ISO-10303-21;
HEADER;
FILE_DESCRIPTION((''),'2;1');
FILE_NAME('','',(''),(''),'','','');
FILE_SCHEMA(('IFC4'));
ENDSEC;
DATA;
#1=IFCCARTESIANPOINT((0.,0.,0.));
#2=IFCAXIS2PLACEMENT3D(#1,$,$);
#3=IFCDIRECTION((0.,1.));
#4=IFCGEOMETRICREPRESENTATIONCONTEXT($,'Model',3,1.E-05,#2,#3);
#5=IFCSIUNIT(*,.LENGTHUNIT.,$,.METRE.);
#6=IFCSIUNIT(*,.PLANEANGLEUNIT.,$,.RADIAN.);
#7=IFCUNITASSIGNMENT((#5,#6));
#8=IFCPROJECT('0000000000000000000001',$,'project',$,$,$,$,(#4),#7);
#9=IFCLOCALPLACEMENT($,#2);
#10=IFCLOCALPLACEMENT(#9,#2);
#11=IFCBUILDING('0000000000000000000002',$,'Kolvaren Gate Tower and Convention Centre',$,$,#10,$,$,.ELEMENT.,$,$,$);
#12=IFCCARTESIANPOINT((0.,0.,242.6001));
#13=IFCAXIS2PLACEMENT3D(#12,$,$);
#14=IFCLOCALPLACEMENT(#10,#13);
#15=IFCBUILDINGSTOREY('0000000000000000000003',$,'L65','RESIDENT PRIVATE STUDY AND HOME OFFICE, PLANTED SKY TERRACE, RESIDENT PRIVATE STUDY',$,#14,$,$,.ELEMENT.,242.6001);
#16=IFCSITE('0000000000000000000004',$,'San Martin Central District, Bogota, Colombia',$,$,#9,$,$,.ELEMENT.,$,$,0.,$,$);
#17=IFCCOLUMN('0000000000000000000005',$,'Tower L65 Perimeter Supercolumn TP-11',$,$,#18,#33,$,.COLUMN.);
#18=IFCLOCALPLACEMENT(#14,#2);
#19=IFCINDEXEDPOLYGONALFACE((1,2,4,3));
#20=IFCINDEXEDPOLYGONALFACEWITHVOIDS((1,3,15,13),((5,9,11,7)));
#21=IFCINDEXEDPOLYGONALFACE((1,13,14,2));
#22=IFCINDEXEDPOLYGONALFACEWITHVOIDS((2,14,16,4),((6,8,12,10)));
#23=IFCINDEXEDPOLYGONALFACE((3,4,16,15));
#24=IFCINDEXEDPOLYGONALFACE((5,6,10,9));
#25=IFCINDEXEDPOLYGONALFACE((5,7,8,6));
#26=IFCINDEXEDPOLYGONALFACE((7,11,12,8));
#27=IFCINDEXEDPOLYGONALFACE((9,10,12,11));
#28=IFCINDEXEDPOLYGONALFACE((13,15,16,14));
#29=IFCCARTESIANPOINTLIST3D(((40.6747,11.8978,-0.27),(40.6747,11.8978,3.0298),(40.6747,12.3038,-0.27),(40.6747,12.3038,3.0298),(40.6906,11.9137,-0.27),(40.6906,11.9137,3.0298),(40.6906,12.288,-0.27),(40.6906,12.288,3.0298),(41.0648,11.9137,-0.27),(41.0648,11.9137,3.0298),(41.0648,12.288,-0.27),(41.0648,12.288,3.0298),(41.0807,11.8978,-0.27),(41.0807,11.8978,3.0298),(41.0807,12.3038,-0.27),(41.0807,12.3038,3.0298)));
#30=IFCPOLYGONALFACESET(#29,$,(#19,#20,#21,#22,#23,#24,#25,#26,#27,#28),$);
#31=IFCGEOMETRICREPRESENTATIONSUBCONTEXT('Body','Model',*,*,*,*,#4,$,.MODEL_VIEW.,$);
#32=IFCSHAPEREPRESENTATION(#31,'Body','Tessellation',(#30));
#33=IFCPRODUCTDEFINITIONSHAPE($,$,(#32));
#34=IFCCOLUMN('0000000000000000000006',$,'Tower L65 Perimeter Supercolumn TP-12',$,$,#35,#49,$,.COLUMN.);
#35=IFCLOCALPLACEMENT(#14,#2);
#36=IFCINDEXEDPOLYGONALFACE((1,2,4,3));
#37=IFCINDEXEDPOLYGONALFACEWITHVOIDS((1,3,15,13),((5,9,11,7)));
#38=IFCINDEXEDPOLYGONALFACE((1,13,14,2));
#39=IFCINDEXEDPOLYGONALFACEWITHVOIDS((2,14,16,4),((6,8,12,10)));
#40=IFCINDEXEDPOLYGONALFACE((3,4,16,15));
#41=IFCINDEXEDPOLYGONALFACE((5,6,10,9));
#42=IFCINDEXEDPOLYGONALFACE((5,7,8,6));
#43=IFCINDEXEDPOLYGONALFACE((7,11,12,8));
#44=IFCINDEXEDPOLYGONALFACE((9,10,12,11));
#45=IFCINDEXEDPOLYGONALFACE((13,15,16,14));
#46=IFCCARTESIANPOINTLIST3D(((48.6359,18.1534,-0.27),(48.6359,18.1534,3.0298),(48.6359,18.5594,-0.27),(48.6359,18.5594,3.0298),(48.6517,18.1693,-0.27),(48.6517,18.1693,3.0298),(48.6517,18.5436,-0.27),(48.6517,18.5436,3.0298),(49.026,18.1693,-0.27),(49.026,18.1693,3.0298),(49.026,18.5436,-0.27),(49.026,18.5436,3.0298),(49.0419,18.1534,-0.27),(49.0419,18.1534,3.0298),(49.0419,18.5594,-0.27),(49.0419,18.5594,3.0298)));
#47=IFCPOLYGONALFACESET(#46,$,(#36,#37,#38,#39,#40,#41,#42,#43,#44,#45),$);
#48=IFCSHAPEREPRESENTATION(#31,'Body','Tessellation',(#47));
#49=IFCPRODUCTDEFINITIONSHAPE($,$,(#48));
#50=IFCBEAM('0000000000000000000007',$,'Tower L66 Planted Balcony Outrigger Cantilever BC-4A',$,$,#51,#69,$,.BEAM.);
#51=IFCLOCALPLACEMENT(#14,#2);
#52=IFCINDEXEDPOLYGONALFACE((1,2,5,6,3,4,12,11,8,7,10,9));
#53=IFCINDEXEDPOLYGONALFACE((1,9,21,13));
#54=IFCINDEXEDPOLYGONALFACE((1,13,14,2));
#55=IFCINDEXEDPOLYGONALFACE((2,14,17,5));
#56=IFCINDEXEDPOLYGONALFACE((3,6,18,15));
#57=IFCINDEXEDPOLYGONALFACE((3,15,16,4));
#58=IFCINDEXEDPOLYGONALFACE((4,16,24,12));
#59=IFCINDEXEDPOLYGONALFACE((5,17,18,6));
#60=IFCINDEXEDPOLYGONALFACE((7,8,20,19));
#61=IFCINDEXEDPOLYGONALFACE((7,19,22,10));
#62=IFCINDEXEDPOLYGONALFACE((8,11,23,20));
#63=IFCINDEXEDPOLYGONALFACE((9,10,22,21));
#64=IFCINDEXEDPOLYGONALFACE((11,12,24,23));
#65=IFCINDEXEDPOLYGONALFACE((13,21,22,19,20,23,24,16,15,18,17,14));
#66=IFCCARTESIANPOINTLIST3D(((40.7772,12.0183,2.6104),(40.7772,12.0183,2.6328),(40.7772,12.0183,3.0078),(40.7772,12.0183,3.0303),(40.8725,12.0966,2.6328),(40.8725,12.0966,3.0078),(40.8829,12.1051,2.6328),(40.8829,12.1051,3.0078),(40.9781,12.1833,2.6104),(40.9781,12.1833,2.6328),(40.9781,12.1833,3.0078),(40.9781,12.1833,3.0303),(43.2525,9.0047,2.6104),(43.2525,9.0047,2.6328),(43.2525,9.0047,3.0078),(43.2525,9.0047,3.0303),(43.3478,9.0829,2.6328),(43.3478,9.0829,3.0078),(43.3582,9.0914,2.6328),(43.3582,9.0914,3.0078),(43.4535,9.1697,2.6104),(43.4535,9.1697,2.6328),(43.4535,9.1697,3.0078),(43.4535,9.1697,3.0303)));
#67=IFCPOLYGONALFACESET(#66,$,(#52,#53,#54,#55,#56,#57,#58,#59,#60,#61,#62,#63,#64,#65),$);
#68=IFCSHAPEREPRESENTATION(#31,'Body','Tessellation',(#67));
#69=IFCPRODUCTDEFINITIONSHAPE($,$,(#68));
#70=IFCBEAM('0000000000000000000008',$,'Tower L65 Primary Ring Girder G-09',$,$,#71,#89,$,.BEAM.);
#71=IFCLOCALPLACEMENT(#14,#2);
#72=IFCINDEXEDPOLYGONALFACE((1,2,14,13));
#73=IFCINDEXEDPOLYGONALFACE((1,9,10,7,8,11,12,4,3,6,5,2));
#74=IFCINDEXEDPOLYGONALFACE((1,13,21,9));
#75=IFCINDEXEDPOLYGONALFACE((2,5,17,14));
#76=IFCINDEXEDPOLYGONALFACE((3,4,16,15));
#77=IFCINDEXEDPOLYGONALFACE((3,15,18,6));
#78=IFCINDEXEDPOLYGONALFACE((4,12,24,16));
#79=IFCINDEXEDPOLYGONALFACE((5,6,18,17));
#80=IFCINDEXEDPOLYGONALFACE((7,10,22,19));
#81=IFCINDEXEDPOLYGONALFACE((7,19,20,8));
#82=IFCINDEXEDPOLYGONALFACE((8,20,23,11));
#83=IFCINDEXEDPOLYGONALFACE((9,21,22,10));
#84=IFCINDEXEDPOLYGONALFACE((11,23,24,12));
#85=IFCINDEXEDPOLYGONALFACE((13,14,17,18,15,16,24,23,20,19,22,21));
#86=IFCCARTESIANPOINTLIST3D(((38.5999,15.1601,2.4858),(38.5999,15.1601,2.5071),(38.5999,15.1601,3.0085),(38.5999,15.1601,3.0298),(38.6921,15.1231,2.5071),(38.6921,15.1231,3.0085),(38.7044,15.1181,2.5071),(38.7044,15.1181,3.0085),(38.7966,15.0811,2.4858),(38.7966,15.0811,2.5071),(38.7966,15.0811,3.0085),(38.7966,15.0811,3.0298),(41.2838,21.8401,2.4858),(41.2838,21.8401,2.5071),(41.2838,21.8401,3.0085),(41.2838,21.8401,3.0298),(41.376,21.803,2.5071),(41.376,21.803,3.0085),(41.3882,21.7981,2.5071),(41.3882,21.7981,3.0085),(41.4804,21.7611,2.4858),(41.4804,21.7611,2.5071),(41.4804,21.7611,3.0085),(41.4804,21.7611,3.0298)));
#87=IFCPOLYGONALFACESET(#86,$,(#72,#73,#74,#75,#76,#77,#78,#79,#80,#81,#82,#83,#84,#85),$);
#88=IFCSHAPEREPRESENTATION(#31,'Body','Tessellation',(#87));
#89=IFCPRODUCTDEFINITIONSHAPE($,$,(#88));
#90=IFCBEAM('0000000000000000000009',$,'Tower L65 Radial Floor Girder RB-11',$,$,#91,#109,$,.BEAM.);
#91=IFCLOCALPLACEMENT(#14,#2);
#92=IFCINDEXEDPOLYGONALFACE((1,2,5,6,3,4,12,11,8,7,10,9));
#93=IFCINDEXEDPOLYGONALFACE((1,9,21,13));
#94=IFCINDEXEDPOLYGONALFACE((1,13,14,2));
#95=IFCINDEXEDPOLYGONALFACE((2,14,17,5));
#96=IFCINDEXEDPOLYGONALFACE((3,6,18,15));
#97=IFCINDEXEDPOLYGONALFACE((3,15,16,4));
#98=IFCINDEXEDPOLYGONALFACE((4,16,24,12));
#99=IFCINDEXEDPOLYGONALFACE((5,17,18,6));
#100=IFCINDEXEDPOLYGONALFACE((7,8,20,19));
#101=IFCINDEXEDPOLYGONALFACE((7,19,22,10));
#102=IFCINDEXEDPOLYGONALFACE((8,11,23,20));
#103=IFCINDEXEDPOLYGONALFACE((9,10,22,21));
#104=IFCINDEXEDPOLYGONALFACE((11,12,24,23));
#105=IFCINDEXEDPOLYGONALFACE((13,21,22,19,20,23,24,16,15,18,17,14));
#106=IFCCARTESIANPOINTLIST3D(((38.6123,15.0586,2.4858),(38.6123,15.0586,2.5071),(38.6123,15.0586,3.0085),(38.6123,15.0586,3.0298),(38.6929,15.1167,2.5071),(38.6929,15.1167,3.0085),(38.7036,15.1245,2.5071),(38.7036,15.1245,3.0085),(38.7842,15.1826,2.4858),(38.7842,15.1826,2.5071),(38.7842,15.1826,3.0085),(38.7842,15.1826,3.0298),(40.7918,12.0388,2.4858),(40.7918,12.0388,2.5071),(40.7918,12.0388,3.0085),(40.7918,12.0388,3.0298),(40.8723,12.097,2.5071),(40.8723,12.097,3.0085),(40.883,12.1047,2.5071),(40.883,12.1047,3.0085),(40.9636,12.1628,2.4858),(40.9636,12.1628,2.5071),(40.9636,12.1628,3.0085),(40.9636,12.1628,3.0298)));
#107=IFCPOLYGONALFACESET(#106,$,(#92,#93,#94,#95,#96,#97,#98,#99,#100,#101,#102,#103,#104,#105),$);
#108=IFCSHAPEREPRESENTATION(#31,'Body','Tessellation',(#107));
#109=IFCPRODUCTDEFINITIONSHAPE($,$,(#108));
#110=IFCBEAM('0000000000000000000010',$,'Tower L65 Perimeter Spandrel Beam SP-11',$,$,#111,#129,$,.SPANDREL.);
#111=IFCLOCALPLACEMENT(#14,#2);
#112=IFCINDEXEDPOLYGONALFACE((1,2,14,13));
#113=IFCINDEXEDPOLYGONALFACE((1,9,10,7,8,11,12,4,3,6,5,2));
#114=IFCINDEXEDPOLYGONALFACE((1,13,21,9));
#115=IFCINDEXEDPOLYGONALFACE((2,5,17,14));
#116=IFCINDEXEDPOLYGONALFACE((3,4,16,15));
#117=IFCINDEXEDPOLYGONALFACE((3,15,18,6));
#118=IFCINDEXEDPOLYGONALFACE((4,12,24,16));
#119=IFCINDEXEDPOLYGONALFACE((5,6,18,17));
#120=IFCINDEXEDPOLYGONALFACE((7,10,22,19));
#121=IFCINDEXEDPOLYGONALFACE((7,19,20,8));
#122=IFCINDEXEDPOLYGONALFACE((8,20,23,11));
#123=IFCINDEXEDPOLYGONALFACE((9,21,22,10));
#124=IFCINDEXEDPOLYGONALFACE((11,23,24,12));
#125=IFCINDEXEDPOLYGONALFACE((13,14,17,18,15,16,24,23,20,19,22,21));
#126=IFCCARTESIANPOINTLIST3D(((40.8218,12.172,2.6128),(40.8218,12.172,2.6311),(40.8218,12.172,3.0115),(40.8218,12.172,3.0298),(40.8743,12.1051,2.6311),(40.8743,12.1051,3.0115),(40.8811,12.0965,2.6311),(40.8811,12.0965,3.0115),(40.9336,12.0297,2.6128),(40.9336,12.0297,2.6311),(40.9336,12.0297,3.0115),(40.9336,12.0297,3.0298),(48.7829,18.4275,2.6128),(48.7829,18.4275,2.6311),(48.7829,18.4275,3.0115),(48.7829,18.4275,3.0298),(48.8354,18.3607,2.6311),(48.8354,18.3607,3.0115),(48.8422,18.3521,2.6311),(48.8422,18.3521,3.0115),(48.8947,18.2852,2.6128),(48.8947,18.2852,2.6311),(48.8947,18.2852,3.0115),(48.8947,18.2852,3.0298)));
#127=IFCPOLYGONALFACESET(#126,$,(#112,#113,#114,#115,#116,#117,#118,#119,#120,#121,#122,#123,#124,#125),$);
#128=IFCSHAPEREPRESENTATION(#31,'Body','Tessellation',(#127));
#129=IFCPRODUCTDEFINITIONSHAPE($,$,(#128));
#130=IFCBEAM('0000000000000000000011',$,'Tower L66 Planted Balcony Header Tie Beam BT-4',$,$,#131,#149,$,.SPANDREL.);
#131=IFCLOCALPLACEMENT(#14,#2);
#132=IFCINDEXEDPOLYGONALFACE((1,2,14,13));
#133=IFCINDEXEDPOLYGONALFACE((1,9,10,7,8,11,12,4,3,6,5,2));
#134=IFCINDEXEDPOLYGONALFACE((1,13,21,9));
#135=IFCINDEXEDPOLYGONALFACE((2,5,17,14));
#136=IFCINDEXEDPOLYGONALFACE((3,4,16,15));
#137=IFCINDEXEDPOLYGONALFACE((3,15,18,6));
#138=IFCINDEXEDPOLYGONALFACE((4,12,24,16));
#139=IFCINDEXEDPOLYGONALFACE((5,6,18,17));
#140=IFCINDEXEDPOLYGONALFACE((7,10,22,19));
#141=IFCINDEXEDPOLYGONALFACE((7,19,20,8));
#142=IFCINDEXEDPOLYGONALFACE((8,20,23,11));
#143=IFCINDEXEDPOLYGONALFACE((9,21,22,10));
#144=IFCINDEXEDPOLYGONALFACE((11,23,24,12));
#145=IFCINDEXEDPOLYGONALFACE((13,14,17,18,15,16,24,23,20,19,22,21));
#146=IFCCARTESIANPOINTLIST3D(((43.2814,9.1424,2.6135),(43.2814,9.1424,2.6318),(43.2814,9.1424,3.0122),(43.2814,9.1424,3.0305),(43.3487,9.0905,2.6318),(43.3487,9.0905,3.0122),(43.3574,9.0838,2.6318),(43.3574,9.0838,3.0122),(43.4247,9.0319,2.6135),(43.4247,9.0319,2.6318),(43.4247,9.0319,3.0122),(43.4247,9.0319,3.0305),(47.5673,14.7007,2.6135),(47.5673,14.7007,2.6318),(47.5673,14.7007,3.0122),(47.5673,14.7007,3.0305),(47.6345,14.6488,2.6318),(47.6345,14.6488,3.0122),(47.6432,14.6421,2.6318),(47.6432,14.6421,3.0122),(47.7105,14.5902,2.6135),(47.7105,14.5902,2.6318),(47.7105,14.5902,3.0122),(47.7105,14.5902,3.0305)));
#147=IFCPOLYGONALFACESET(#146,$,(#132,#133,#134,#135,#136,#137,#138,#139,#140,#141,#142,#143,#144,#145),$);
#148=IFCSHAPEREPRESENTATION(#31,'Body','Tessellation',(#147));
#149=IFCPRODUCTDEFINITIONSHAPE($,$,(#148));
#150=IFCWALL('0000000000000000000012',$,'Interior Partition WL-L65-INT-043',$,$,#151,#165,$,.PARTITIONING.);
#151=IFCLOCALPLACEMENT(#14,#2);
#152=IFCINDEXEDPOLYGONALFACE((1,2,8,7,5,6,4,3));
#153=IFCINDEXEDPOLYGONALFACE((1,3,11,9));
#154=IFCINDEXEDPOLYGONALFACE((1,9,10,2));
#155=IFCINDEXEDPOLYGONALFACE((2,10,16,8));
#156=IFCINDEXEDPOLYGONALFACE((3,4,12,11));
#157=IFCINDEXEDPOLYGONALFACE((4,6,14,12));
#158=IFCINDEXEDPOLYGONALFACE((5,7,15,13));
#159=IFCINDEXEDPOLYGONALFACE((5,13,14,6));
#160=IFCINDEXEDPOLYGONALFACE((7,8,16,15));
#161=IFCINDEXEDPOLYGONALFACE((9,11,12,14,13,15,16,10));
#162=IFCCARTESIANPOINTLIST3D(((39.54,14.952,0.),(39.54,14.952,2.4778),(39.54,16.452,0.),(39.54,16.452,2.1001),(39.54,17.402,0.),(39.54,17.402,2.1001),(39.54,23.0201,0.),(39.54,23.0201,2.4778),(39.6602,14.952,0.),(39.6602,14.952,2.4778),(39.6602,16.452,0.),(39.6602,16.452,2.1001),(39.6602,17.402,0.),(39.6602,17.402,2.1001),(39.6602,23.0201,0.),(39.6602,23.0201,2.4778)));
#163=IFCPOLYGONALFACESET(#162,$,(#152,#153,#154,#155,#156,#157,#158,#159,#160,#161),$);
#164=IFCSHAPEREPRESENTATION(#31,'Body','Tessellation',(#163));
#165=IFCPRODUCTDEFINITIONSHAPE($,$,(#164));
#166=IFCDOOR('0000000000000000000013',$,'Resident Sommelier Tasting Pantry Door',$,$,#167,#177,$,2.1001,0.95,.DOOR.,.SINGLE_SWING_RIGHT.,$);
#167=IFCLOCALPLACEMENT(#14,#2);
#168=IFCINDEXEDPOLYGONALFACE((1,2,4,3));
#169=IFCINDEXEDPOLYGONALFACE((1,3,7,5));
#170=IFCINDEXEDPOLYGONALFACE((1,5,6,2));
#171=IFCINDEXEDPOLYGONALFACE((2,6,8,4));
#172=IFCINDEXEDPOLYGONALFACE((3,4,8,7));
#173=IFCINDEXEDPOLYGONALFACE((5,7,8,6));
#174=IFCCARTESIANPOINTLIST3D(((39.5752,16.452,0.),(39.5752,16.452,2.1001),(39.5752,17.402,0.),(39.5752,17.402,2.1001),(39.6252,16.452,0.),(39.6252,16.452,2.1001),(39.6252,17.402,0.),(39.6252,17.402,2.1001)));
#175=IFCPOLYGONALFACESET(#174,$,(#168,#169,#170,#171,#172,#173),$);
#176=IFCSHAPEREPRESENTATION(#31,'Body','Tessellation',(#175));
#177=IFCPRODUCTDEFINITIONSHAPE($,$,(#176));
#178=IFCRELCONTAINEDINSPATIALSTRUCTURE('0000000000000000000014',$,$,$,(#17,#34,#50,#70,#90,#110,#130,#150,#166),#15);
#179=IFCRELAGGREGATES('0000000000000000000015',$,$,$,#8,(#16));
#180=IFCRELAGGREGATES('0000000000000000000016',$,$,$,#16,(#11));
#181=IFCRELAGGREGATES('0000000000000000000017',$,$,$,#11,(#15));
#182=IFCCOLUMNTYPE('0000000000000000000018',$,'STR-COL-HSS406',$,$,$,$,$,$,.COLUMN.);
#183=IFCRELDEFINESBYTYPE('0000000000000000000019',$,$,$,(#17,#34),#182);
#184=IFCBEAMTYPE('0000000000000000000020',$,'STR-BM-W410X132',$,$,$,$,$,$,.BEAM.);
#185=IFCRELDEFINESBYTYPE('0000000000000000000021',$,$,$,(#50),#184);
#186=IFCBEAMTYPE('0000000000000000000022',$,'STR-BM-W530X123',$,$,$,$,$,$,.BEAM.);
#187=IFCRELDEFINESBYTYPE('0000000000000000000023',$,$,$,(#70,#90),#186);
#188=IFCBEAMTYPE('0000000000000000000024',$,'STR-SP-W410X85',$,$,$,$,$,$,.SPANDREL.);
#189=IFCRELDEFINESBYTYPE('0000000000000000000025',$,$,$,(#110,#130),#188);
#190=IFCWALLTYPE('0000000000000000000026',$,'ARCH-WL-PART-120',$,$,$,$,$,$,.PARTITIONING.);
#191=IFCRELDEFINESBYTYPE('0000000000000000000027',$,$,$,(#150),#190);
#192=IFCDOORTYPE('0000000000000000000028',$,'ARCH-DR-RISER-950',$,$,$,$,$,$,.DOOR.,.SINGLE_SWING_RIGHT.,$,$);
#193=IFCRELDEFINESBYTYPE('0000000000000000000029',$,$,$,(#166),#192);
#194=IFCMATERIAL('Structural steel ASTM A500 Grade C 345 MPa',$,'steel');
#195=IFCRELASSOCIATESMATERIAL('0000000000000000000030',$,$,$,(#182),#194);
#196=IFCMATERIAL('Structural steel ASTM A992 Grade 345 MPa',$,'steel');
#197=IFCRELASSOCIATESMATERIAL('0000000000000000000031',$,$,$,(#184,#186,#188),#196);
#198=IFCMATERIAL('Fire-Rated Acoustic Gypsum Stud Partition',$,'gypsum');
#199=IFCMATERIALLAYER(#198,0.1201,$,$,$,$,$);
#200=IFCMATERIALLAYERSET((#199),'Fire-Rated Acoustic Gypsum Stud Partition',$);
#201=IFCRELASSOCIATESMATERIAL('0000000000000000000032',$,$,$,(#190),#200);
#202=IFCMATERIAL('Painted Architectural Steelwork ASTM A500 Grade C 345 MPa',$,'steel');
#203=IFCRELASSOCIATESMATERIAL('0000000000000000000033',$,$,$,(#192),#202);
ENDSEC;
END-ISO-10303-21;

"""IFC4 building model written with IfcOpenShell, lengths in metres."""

from ifc_helpers import new_model, si_unit, direction, frame, frame_2d, origin, origin_2d, place, context, subcontext, project, spatial, rectangle, hollow_rectangle, i_section, extrude, material, layer, layer_set, material_profile, profile_set, type_object, element, fill, save


model = new_model("IFC4")

# Units and contexts
model_context = context("Model", 3, precision=1e-05, world=origin(), true_north=direction((0.0, 1.0)))
body_context = subcontext(model_context, "Body", "Model", "MODEL_VIEW")
ifc_project = project(units=[si_unit("LENGTHUNIT", "METRE"), si_unit("PLANEANGLEUNIT", "RADIAN")], contexts=[model_context])

# Site, building, storey
site_placement = place(None, origin())
site = spatial("IfcSite", under=ifc_project, at=site_placement, Name="San Martin Central District, Bogota, Colombia", CompositionType="ELEMENT", RefElevation=0.0)
building_placement = place(site_placement, origin())
building = spatial("IfcBuilding", under=site, at=building_placement, Name="Kolvaren Gate Tower and Convention Centre", CompositionType="ELEMENT")
storey_placement = place(building_placement, frame((0.0, 0.0, 242.6001)))
storey = spatial("IfcBuildingStorey", under=building, at=storey_placement, Name="L65", Description="RESIDENT PRIVATE STUDY AND HOME OFFICE, PLANTED SKY TERRACE, RESIDENT PRIVATE STUDY", CompositionType="ELEMENT", Elevation=242.6001)

# Columns
ifc_material_1 = material(Name="Structural steel ASTM A500 Grade C 345 MPa", Category="steel")
ifc_material_profile_1 = material_profile(ifc_material_1, hollow_rectangle(XDim=0.406, YDim=0.406, WallThickness=0.0159, at=origin_2d()), Name="HSS406X406X15.9")
ifc_profile_set_1 = profile_set([ifc_material_profile_1], Name="Structural steel ASTM A500 Grade C 345 MPa")
column_type = type_object("IfcColumnType", Name="STR-COL-HSS406", PredefinedType="COLUMN", material=ifc_profile_set_1)
for number, where, z_axis, x_axis, name in (
    (1, (40.8777, 12.1008, -0.27), (0.0, 0.0, 1.0), (1.0, 0.0, 0.0), "Tower L65 Perimeter Supercolumn TP-11"),
    (2, (48.8389, 18.3564, -0.27), (0.0, 0.0, 1.0), (1.0, 0.0, 0.0), "Tower L65 Perimeter Supercolumn TP-12"),
):
    element("IfcColumn", number, at=place(storey_placement, frame(where, z_axis=z_axis, x_axis=x_axis)), inside=storey, type_object=column_type, Name=name, PredefinedType="COLUMN", context=body_context, shape_type="SweptSolid", body=[
        extrude(hollow_rectangle(XDim=0.406, YDim=0.406, WallThickness=0.0159, at=origin_2d()), origin(), (0.0, 0.0, 1.0), 3.2998),
    ])

# Beams
ifc_material_2 = material(Name="Structural steel ASTM A992 Grade 345 MPa", Category="steel")
ifc_material_profile_2 = material_profile(ifc_material_2, i_section(OverallWidth=0.26, OverallDepth=0.4199, WebThickness=0.0134, FlangeThickness=0.0225, at=origin_2d()), Name="W410X132")
ifc_profile_set_2 = profile_set([ifc_material_profile_2], Name="Structural steel ASTM A992 Grade 345 MPa")
beam_type_1 = type_object("IfcBeamType", Name="STR-BM-W410X132", PredefinedType="BEAM", material=ifc_profile_set_2)
beam_1_placement = place(storey_placement, frame((40.8777, 12.1008, 2.8203), z_axis=(0.634713, -0.772748, 0.0), x_axis=(0.772748, 0.634713, 0.0)))
element("IfcBeam", 3, at=beam_1_placement, inside=storey, type_object=beam_type_1, Name="Tower L66 Planted Balcony Outrigger Cantilever BC-4A", PredefinedType="BEAM", context=body_context, shape_type="SweptSolid", body=[
    extrude(i_section(OverallWidth=0.26, OverallDepth=0.4199, WebThickness=0.0134, FlangeThickness=0.0225, at=origin_2d()), origin(), (0.0, 0.0, 1.0), 3.8999),
])
ifc_material_profile_3 = material_profile(ifc_material_2, i_section(OverallWidth=0.2119, OverallDepth=0.5439, WebThickness=0.0132, FlangeThickness=0.0212, at=origin_2d()), Name="W530X123")
ifc_profile_set_3 = profile_set([ifc_material_profile_3], Name="Structural steel ASTM A992 Grade 345 MPa")
beam_type_2 = type_object("IfcBeamType", Name="STR-BM-W530X123", PredefinedType="BEAM", material=ifc_profile_set_3)
beam_2_placement = place(storey_placement, frame((38.6982, 15.1206, 2.7578), z_axis=(0.372811, 0.927907, 0.0), x_axis=(-0.927907, 0.372811, 0.0)))
element("IfcBeam", 4, at=beam_2_placement, inside=storey, type_object=beam_type_2, Name="Tower L65 Primary Ring Girder G-09", PredefinedType="BEAM", context=body_context, shape_type="SweptSolid", body=[
    extrude(i_section(OverallWidth=0.2119, OverallDepth=0.5439, WebThickness=0.0132, FlangeThickness=0.0212, at=origin_2d()), origin(), (0.0, 0.0, 1.0), 7.199),
])
beam_3_placement = place(storey_placement, frame((38.6982, 15.1206, 2.7578), z_axis=(0.585225, -0.810871, 0.0), x_axis=(0.810871, 0.585225, 0.0)))
element("IfcBeam", 5, at=beam_3_placement, inside=storey, type_object=beam_type_2, Name="Tower L65 Radial Floor Girder RB-11", PredefinedType="BEAM", context=body_context, shape_type="SweptSolid", body=[
    extrude(i_section(OverallWidth=0.2119, OverallDepth=0.5439, WebThickness=0.0132, FlangeThickness=0.0212, at=origin_2d()), origin(), (0.0, 0.0, 1.0), 3.7241),
])
ifc_material_profile_4 = material_profile(ifc_material_2, i_section(OverallWidth=0.1809, OverallDepth=0.417, WebThickness=0.011, FlangeThickness=0.0183, at=origin_2d()), Name="W410X85")
ifc_profile_set_4 = profile_set([ifc_material_profile_4], Name="Structural steel ASTM A992 Grade 345 MPa")
beam_type_3 = type_object("IfcBeamType", Name="STR-SP-W410X85", PredefinedType="SPANDREL", material=ifc_profile_set_4)
beam_4_placement = place(storey_placement, frame((40.8777, 12.1008, 2.8213), z_axis=(0.786299, 0.617846, 0.0), x_axis=(-0.617846, 0.786299, 0.0)))
element("IfcBeam", 6, at=beam_4_placement, inside=storey, type_object=beam_type_3, Name="Tower L65 Perimeter Spandrel Beam SP-11", PredefinedType="SPANDREL", context=body_context, shape_type="SweptSolid", body=[
    extrude(i_section(OverallWidth=0.1809, OverallDepth=0.417, WebThickness=0.011, FlangeThickness=0.0183, at=origin_2d()), origin(), (0.0, 0.0, 1.0), 10.1248),
])
beam_5_placement = place(storey_placement, frame((43.353, 9.0872, 2.822), z_axis=(0.610626, 0.791919, 0.0), x_axis=(-0.791919, 0.610626, 0.0)))
element("IfcBeam", 7, at=beam_5_placement, inside=storey, type_object=beam_type_3, Name="Tower L66 Planted Balcony Header Tie Beam BT-4", PredefinedType="SPANDREL", context=body_context, shape_type="SweptSolid", body=[
    extrude(i_section(OverallWidth=0.1809, OverallDepth=0.417, WebThickness=0.011, FlangeThickness=0.0183, at=origin_2d()), origin(), (0.0, 0.0, 1.0), 7.0188),
])

# Wall, opening, door
ifc_material_3 = material(Name="Fire-Rated Acoustic Gypsum Stud Partition", Category="gypsum")
ifc_layer_1 = layer(ifc_material_3, 0.1201)
ifc_layer_set_1 = layer_set([ifc_layer_1], Name="Fire-Rated Acoustic Gypsum Stud Partition")
wall_type_1 = type_object("IfcWallType", Name="ARCH-WL-PART-120", PredefinedType="PARTITIONING", material=ifc_layer_set_1)
wall_1_placement = place(storey_placement, frame((39.6001, 14.9519, 0.0), z_axis=(0.0, 0.0, 1.0), x_axis=(0.0, 1.0, 0.0)))
wall_1 = element("IfcWall", 8, at=wall_1_placement, inside=storey, type_object=wall_type_1, Name="Interior Partition WL-L65-INT-043", PredefinedType="PARTITIONING", context=body_context, shape_type="SweptSolid", body=[
    extrude(rectangle(XDim=8.0681, YDim=0.1201, at=frame_2d((4.0342, 0.0))), origin(), (0.0, 0.0, 1.0), 2.4778),
])
opening_1_placement = place(wall_1_placement, frame((1.5, 0.0, 0.0)))
opening_1 = element("IfcOpeningElement", 9, at=opening_1_placement, cuts=wall_1, PredefinedType="OPENING", context=body_context, shape_type="SweptSolid", body=[
    extrude(rectangle(XDim=0.95, YDim=2.1001, at=frame_2d((0.4751, 1.05))), frame((0.0, 0.0701, 0.0), z_axis=(0.0, -1.0, 0.0), x_axis=(1.0, 0.0, 0.0)), (0.0, 0.0, 1.0), 0.1401),
])
ifc_material_4 = material(Name="Painted Architectural Steelwork ASTM A500 Grade C 345 MPa", Category="steel")
door_type_1 = type_object("IfcDoorType", Name="ARCH-DR-RISER-950", OperationType="SINGLE_SWING_RIGHT", PredefinedType="DOOR", material=ifc_material_4)
door_1_placement = place(opening_1_placement, origin())
door_1 = element("IfcDoor", 10, at=door_1_placement, inside=storey, type_object=door_type_1, Name="Resident Sommelier Tasting Pantry Door", OperationType="SINGLE_SWING_RIGHT", OverallHeight=2.1001, OverallWidth=0.95, PredefinedType="DOOR", context=body_context, shape_type="SweptSolid", body=[
    extrude(rectangle(XDim=0.95, YDim=2.1001, at=frame_2d((0.4751, 1.05))), frame((0.0, 0.0249, 0.0), z_axis=(0.0, -1.0, 0.0), x_axis=(1.0, 0.0, 0.0)), (0.0, 0.0, 1.0), 0.05),
])
fill(opening_1, door_1)

save(model, "model.ifc")
